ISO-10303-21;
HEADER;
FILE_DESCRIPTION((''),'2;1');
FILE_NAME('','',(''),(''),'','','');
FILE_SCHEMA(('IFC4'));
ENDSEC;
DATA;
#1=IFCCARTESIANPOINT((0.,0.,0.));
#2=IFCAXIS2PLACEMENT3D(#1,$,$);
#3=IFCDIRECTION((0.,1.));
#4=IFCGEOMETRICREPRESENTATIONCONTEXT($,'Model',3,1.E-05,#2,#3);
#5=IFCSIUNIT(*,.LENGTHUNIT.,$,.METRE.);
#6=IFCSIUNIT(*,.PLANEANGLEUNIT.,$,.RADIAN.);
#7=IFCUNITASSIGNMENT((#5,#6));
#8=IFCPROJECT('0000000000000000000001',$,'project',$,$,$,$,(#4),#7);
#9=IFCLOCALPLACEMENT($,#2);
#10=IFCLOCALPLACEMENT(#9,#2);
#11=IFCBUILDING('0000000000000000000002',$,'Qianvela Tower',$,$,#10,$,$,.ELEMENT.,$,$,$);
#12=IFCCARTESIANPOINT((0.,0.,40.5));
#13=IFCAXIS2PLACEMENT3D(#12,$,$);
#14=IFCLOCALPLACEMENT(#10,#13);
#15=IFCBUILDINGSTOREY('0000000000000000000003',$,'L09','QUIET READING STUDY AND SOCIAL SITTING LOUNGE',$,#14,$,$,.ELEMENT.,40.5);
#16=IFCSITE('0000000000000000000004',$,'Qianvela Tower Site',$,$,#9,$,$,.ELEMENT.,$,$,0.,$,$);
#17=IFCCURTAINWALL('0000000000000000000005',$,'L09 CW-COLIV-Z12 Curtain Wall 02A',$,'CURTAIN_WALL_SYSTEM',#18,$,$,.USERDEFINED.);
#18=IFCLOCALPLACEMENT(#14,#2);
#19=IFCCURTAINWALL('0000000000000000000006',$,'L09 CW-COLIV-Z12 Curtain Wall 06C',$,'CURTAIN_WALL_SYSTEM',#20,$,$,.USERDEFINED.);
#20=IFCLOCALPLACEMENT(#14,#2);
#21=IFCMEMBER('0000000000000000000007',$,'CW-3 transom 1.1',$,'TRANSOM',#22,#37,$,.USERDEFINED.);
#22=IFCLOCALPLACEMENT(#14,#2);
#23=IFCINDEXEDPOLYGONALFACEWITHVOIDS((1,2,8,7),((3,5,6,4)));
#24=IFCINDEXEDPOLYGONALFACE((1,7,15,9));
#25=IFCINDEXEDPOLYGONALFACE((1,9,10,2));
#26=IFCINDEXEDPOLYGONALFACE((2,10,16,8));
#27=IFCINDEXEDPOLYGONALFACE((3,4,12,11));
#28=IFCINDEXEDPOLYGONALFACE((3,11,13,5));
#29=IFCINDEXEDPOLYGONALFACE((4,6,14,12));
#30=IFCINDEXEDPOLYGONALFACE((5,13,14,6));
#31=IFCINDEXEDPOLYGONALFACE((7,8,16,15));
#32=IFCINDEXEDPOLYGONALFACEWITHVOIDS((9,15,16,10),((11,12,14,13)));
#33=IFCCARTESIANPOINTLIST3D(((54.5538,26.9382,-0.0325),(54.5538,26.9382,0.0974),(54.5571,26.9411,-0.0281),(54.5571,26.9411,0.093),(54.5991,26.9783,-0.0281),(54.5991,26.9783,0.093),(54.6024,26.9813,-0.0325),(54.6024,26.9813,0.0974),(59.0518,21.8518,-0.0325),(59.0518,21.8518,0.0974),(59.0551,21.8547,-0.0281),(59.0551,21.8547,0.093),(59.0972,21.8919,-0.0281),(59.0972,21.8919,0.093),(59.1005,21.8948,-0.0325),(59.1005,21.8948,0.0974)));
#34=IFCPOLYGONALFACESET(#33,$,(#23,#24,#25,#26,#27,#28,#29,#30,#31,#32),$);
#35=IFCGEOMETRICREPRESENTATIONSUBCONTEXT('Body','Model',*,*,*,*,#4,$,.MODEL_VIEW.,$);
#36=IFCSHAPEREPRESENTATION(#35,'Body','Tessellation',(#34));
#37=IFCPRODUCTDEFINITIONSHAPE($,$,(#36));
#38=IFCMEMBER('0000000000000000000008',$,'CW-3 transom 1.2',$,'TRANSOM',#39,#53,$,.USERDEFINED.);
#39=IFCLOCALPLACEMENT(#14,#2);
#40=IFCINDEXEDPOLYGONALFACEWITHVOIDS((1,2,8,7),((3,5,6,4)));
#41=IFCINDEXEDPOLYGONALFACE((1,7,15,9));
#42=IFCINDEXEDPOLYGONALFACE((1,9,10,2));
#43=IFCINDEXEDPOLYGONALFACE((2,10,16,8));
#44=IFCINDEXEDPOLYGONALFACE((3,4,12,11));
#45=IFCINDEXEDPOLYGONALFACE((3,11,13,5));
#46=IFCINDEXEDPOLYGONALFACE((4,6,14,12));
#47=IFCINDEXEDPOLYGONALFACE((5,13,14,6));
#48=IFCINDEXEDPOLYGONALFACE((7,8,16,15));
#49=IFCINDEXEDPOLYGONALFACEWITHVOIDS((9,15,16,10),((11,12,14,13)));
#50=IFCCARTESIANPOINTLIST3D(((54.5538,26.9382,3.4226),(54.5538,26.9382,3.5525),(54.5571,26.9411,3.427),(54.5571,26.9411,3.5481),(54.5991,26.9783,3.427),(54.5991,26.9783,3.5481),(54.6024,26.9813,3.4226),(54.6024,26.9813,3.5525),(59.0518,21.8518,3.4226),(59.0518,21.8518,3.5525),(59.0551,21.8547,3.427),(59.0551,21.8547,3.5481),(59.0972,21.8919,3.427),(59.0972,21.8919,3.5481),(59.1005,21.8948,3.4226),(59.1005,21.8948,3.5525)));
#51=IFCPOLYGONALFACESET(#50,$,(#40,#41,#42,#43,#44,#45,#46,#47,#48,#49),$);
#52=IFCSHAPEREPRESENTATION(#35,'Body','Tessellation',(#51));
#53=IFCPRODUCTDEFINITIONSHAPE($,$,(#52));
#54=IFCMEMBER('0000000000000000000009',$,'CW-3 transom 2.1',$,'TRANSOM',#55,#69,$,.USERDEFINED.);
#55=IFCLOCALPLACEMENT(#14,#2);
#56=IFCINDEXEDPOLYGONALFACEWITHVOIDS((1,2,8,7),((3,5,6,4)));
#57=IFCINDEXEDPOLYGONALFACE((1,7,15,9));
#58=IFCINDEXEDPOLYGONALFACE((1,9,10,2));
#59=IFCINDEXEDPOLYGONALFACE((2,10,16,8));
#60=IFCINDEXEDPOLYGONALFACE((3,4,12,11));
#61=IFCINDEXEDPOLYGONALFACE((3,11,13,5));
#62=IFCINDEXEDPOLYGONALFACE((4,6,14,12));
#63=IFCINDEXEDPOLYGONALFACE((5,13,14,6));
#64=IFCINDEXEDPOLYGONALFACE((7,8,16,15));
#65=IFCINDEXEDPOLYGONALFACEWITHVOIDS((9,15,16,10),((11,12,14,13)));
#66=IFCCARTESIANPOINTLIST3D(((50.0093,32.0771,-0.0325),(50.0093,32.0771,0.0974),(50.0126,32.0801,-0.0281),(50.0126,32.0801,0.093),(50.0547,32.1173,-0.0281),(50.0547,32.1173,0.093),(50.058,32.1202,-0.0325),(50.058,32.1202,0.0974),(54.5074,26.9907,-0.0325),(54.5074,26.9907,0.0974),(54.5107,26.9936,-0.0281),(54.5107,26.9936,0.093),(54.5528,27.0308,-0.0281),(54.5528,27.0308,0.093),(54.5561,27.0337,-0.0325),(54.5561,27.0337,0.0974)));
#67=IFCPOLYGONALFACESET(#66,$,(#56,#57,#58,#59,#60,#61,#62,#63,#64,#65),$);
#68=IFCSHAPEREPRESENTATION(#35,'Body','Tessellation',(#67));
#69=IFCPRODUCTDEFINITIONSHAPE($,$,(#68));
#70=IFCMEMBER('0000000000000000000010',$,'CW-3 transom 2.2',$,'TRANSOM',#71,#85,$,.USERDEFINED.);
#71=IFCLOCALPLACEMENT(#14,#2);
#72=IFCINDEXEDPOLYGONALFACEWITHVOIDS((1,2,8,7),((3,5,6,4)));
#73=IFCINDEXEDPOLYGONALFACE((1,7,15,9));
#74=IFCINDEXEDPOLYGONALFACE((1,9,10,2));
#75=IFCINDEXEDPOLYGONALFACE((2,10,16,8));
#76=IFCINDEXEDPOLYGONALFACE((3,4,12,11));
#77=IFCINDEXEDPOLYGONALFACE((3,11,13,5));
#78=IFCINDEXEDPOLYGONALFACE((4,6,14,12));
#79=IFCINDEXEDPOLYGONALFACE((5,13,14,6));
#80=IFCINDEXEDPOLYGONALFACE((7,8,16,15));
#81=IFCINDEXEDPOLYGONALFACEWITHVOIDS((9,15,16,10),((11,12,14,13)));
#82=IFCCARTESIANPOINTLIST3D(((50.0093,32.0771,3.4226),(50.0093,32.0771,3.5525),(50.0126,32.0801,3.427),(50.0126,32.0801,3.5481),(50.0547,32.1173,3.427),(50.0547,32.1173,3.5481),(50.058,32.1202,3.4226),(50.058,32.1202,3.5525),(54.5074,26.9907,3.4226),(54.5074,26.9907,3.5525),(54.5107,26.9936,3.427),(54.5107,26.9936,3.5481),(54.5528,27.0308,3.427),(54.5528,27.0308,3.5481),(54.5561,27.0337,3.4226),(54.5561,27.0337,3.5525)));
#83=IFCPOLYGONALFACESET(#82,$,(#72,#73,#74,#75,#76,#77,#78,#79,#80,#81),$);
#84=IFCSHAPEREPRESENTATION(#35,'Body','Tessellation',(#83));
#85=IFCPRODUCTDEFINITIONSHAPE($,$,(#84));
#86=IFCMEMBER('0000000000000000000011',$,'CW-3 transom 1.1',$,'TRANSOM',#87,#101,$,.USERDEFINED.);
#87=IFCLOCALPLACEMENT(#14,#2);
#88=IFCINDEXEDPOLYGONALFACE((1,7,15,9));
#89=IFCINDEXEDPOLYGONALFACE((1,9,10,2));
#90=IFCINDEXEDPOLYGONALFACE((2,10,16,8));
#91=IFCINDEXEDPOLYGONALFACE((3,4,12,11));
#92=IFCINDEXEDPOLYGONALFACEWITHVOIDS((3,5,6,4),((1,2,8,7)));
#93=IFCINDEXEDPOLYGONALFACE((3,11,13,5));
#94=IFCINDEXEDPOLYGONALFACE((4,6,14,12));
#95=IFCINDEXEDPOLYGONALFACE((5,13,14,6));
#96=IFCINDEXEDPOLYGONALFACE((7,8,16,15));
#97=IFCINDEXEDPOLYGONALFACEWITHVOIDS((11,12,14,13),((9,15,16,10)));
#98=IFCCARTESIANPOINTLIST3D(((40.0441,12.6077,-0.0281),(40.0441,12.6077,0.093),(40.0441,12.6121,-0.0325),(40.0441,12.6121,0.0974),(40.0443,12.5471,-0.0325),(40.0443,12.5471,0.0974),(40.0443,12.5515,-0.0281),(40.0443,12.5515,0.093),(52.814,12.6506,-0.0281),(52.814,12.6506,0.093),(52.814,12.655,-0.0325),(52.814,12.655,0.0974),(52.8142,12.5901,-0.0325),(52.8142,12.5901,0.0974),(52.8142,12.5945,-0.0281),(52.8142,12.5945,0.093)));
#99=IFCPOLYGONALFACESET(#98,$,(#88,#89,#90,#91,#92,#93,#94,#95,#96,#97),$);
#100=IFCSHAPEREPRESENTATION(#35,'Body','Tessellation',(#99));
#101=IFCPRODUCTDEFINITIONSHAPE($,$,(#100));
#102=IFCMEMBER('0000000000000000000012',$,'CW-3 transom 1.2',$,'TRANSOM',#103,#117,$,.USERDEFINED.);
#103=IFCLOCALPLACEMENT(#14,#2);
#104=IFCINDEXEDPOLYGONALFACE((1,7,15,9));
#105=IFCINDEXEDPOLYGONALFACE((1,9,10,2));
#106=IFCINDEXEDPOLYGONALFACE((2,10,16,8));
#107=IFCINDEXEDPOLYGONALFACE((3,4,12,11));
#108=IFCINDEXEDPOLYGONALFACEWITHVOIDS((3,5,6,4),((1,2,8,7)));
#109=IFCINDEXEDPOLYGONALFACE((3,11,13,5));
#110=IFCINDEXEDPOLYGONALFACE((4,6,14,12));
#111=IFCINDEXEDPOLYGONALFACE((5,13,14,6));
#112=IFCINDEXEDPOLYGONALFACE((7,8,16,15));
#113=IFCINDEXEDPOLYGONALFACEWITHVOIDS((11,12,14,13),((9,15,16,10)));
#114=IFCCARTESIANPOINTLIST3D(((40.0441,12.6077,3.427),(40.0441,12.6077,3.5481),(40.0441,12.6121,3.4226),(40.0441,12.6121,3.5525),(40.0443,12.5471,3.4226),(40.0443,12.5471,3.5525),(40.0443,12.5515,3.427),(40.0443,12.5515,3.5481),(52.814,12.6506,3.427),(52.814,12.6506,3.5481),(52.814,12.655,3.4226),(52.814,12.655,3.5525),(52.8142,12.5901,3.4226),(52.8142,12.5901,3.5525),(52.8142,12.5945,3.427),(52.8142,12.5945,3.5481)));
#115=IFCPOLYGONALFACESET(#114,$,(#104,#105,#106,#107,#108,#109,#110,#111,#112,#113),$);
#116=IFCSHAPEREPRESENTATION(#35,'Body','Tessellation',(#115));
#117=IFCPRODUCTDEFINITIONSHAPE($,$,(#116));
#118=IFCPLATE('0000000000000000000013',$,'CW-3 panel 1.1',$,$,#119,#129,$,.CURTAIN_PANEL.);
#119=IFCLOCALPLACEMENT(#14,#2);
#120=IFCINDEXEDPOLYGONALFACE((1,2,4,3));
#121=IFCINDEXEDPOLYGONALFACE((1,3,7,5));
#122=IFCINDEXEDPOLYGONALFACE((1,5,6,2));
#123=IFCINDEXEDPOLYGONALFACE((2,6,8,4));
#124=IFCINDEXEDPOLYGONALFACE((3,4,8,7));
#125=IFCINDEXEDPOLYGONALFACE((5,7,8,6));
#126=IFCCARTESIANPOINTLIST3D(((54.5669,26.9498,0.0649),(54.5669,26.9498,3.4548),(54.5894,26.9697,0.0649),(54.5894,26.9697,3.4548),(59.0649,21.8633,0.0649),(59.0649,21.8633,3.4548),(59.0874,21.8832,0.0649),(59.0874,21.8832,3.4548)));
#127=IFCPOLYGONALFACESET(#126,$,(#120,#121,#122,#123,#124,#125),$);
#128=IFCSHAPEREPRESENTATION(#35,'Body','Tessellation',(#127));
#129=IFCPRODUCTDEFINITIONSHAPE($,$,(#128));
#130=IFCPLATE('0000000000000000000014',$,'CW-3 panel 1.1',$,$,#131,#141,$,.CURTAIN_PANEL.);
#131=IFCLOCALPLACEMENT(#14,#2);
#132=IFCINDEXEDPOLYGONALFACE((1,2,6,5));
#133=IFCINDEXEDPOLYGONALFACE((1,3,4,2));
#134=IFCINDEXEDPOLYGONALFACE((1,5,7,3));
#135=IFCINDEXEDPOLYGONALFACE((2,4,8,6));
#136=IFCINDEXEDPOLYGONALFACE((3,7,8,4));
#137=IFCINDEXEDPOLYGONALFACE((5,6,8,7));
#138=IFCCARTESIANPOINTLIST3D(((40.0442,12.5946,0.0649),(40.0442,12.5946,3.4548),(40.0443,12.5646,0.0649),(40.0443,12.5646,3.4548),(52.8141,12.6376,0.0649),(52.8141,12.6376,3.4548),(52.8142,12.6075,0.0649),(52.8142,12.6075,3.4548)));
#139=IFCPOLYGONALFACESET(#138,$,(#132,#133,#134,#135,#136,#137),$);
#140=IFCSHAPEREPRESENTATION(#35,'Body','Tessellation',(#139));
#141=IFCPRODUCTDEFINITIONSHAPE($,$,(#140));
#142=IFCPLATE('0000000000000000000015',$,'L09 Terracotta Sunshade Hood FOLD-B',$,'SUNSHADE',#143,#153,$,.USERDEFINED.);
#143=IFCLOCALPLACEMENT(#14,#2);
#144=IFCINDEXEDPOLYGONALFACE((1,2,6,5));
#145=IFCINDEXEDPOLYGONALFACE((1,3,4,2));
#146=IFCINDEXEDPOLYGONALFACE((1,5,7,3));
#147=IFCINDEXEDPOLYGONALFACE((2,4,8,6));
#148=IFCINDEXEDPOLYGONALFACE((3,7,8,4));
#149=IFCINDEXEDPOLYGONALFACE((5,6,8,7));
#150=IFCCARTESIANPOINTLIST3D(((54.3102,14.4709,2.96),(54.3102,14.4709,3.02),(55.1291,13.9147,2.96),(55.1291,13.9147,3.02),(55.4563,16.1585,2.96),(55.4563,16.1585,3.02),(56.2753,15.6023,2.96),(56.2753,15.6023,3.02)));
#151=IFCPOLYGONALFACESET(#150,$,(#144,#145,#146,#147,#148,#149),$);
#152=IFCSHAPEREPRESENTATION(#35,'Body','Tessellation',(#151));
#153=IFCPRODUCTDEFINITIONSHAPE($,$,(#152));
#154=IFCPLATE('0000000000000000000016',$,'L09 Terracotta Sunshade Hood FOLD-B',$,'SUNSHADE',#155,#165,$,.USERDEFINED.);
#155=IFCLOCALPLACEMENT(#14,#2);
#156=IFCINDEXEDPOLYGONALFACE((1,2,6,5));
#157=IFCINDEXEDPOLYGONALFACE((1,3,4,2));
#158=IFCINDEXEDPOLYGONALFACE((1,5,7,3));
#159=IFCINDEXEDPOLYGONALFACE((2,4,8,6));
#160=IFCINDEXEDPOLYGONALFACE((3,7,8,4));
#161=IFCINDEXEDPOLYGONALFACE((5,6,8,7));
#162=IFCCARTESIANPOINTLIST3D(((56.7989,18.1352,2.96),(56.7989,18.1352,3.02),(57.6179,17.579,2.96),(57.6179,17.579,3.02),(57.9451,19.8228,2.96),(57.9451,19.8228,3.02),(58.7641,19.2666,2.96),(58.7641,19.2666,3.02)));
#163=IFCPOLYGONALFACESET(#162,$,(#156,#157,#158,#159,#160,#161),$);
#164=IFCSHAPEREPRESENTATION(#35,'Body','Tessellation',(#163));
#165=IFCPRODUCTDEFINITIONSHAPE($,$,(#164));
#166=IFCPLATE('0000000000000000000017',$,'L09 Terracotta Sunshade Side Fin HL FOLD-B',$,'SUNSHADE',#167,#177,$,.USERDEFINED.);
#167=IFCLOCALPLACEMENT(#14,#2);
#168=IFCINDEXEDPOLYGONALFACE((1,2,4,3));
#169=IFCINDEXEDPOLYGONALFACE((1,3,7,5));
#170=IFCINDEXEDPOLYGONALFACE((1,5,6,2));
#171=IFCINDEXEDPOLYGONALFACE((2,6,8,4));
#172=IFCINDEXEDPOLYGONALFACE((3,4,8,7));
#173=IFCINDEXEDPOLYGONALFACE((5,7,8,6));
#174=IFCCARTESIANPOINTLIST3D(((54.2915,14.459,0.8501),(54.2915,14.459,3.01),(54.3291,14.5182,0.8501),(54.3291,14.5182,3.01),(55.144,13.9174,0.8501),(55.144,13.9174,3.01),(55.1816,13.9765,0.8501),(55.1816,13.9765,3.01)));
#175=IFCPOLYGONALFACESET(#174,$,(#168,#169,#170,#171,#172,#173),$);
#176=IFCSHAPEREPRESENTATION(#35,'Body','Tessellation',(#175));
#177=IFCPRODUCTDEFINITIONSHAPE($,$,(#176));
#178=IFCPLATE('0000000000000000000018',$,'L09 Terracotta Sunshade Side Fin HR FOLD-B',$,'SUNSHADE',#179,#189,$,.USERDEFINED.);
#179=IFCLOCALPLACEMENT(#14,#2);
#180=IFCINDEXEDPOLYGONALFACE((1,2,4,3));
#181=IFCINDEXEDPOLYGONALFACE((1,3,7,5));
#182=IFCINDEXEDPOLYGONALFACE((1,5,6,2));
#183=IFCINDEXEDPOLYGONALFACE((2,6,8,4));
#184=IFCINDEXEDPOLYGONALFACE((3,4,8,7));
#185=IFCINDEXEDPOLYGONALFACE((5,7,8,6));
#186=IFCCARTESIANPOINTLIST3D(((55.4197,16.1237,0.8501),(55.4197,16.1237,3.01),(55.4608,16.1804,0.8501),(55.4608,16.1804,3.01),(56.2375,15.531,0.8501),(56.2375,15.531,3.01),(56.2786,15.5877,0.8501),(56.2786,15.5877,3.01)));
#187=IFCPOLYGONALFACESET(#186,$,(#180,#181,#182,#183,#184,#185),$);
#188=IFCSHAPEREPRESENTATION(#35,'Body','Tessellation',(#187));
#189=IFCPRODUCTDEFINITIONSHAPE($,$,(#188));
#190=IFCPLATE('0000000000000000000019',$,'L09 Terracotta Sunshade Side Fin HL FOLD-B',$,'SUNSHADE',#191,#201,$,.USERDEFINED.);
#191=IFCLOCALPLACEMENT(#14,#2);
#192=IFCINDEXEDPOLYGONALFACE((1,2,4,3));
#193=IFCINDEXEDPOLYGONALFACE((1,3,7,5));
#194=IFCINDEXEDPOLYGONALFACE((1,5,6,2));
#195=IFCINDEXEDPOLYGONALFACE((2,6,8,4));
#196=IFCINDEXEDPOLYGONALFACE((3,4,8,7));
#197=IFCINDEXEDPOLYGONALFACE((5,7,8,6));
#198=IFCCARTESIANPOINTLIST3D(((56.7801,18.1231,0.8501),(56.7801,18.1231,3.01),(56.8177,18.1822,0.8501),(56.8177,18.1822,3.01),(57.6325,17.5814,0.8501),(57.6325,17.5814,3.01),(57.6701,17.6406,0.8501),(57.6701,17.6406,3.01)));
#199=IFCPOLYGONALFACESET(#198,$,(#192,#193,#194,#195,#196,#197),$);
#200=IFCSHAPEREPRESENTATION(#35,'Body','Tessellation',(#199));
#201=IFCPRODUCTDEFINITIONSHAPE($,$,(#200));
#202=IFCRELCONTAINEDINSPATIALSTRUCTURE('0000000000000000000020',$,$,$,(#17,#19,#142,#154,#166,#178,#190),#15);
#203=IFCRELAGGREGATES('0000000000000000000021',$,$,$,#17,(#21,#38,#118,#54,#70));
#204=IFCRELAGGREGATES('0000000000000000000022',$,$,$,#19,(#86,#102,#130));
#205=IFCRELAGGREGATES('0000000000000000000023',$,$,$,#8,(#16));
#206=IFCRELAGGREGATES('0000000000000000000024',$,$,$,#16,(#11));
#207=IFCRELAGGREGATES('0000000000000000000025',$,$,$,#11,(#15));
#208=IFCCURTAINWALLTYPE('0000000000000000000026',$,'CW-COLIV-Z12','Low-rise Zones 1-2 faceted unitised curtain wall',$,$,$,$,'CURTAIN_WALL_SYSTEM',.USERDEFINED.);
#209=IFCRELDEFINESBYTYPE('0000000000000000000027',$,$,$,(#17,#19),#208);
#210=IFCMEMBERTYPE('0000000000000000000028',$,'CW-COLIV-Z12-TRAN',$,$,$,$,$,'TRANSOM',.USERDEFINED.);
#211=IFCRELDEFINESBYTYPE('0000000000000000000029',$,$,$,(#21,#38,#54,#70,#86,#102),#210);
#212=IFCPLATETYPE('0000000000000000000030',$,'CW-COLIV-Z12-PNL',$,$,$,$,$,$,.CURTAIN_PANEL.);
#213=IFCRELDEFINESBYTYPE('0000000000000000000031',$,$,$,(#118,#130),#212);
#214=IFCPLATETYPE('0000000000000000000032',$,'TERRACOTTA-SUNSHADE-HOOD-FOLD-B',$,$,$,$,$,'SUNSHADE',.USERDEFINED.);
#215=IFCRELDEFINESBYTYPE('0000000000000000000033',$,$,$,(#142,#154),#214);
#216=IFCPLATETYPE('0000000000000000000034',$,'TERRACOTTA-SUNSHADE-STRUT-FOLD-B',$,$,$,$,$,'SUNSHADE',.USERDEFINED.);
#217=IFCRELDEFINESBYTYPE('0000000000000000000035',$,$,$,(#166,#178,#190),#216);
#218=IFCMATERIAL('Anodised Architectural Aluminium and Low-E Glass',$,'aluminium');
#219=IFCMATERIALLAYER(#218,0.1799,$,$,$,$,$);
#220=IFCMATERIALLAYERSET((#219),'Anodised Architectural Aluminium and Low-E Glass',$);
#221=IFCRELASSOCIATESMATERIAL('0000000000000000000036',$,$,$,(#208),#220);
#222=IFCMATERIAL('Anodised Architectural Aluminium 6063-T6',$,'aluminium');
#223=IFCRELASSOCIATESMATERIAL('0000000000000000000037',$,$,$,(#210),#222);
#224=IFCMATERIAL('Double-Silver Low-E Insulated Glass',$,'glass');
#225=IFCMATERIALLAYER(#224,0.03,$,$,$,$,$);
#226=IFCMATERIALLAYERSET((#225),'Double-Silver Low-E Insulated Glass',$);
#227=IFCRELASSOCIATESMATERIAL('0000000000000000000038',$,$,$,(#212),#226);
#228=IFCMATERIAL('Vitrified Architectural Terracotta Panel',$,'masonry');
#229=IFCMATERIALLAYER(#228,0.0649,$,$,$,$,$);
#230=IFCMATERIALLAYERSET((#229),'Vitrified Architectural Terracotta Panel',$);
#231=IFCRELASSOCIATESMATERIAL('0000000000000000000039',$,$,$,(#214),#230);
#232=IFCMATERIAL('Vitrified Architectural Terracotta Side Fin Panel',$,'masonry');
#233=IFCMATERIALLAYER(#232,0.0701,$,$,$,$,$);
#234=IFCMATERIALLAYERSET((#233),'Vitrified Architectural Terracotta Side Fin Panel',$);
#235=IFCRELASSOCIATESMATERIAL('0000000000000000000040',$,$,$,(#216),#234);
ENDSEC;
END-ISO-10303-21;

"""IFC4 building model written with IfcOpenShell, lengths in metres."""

from ifc_helpers import new_model, si_unit, direction, frame, origin, origin_2d, place, context, subcontext, project, spatial, rectangle, hollow_rectangle, extrude, material, layer, layer_set, material_profile, profile_set, type_object, element, aggregate, save


model = new_model("IFC4")

# Units and contexts
model_context = context("Model", 3, precision=1e-05, world=origin(), true_north=direction((0.0, 1.0)))
body_context = subcontext(model_context, "Body", "Model", "MODEL_VIEW")
ifc_project = project(units=[si_unit("LENGTHUNIT", "METRE"), si_unit("PLANEANGLEUNIT", "RADIAN")], contexts=[model_context])

# Site, building, storey
site_placement = place(None, origin())
site = spatial("IfcSite", under=ifc_project, at=site_placement, Name="Qianvela Tower Site", CompositionType="ELEMENT", RefElevation=0.0)
building_placement = place(site_placement, origin())
building = spatial("IfcBuilding", under=site, at=building_placement, Name="Qianvela Tower", CompositionType="ELEMENT")
storey_placement = place(building_placement, frame((0.0, 0.0, 40.5)))
storey = spatial("IfcBuildingStorey", under=building, at=storey_placement, Name="L09", Description="QUIET READING STUDY AND SOCIAL SITTING LOUNGE", CompositionType="ELEMENT", Elevation=40.5)

# Curtain wall
ifc_material_1 = material(Name="Anodised Architectural Aluminium and Low-E Glass", Category="aluminium")
ifc_layer_1 = layer(ifc_material_1, 0.1799)
ifc_layer_set_1 = layer_set([ifc_layer_1], Name="Anodised Architectural Aluminium and Low-E Glass")
curtain_wall_type = type_object("IfcCurtainWallType", Name="CW-COLIV-Z12", Description="Low-rise Zones 1-2 faceted unitised curtain wall", ElementType="CURTAIN_WALL_SYSTEM", PredefinedType="USERDEFINED", material=ifc_layer_set_1)
curtain_wall_1_placement = place(storey_placement, origin())
curtain_wall_1 = element("IfcCurtainWall", 1, at=curtain_wall_1_placement, inside=storey, type_object=curtain_wall_type, Name="L09 CW-COLIV-Z12 Curtain Wall 02A", ObjectType="CURTAIN_WALL_SYSTEM", PredefinedType="USERDEFINED")

# Curtain wall
curtain_wall_2_placement = place(storey_placement, origin())
curtain_wall_2 = element("IfcCurtainWall", 2, at=curtain_wall_2_placement, inside=storey, type_object=curtain_wall_type, Name="L09 CW-COLIV-Z12 Curtain Wall 06C", ObjectType="CURTAIN_WALL_SYSTEM", PredefinedType="USERDEFINED")

# Members
ifc_material_2 = material(Name="Anodised Architectural Aluminium 6063-T6", Category="aluminium")
ifc_material_profile_1 = material_profile(ifc_material_2, hollow_rectangle(XDim=0.0649, YDim=0.1299, WallThickness=0.0044, at=origin_2d()), Name="ALU-TRAN-65x130")
ifc_profile_set_1 = profile_set([ifc_material_profile_1], Name="Anodised Architectural Aluminium 6063-T6")
member_type_1 = type_object("IfcMemberType", Name="CW-COLIV-Z12-TRAN", ElementType="TRANSOM", PredefinedType="USERDEFINED", material=ifc_profile_set_1)
member_1_placement = place(storey_placement, frame((59.0762, 21.8733, 0.0325), z_axis=(-0.662451, 0.749105, 0.0), x_axis=(-0.749105, -0.662451, 0.0)))
member_1 = element("IfcMember", 3, at=member_1_placement, type_object=member_type_1, Name="CW-3 transom 1.1", ObjectType="TRANSOM", PredefinedType="USERDEFINED", context=body_context, shape_type="SweptSolid", body=[
    extrude(hollow_rectangle(XDim=0.0649, YDim=0.1299, WallThickness=0.0044, at=origin_2d()), origin(), (0.0, 0.0, 1.0), 6.79),
])
member_2_placement = place(storey_placement, frame((59.0762, 21.8733, 3.4875), z_axis=(-0.662451, 0.749105, 0.0), x_axis=(-0.749105, -0.662451, 0.0)))
member_2 = element("IfcMember", 4, at=member_2_placement, type_object=member_type_1, Name="CW-3 transom 1.2", ObjectType="TRANSOM", PredefinedType="USERDEFINED", context=body_context, shape_type="SweptSolid", body=[
    extrude(hollow_rectangle(XDim=0.0649, YDim=0.1299, WallThickness=0.0044, at=origin_2d()), origin(), (0.0, 0.0, 1.0), 6.79),
])
member_3_placement = place(storey_placement, frame((54.5317, 27.0122, 0.0325), z_axis=(-0.662451, 0.749105, 0.0), x_axis=(-0.749105, -0.662451, 0.0)))
member_3 = element("IfcMember", 5, at=member_3_placement, type_object=member_type_1, Name="CW-3 transom 2.1", ObjectType="TRANSOM", PredefinedType="USERDEFINED", context=body_context, shape_type="SweptSolid", body=[
    extrude(hollow_rectangle(XDim=0.0649, YDim=0.1299, WallThickness=0.0044, at=origin_2d()), origin(), (0.0, 0.0, 1.0), 6.79),
])
member_4_placement = place(storey_placement, frame((54.5317, 27.0122, 3.4875), z_axis=(-0.662451, 0.749105, 0.0), x_axis=(-0.749105, -0.662451, 0.0)))
member_4 = element("IfcMember", 6, at=member_4_placement, type_object=member_type_1, Name="CW-3 transom 2.2", ObjectType="TRANSOM", PredefinedType="USERDEFINED", context=body_context, shape_type="SweptSolid", body=[
    extrude(hollow_rectangle(XDim=0.0649, YDim=0.1299, WallThickness=0.0044, at=origin_2d()), origin(), (0.0, 0.0, 1.0), 6.79),
])
member_5_placement = place(storey_placement, frame((40.0442, 12.5796, 0.0325), z_axis=(0.999994, 0.003365, 0.0), x_axis=(-0.003365, 0.999994, 0.0)))
member_5 = element("IfcMember", 7, at=member_5_placement, type_object=member_type_1, Name="CW-3 transom 1.1", ObjectType="TRANSOM", PredefinedType="USERDEFINED", context=body_context, shape_type="SweptSolid", body=[
    extrude(hollow_rectangle(XDim=0.0649, YDim=0.1299, WallThickness=0.0044, at=origin_2d()), origin(), (0.0, 0.0, 1.0), 12.77),
])
member_6_placement = place(storey_placement, frame((40.0442, 12.5796, 3.4875), z_axis=(0.999994, 0.003365, 0.0), x_axis=(-0.003365, 0.999994, 0.0)))
member_6 = element("IfcMember", 8, at=member_6_placement, type_object=member_type_1, Name="CW-3 transom 1.2", ObjectType="TRANSOM", PredefinedType="USERDEFINED", context=body_context, shape_type="SweptSolid", body=[
    extrude(hollow_rectangle(XDim=0.0649, YDim=0.1299, WallThickness=0.0044, at=origin_2d()), origin(), (0.0, 0.0, 1.0), 12.77),
])

# Plates
ifc_material_3 = material(Name="Double-Silver Low-E Insulated Glass", Category="glass")
ifc_layer_2 = layer(ifc_material_3, 0.03)
ifc_layer_set_2 = layer_set([ifc_layer_2], Name="Double-Silver Low-E Insulated Glass")
plate_type_1 = type_object("IfcPlateType", Name="CW-COLIV-Z12-PNL", PredefinedType="CURTAIN_PANEL", material=ifc_layer_set_2)
plate_1_placement = place(storey_placement, frame((56.8271, 24.4165, 0.0649), z_axis=(0.0, 0.0, 1.0), x_axis=(-0.66245, 0.749106, 0.0)))
plate_1 = element("IfcPlate", 9, at=plate_1_placement, type_object=plate_type_1, Name="CW-3 panel 1.1", PredefinedType="CURTAIN_PANEL", context=body_context, shape_type="SweptSolid", body=[
    extrude(rectangle(XDim=6.79, YDim=0.03, at=origin_2d()), origin(), (0.0, 0.0, 1.0), 3.3899),
])
aggregate(curtain_wall_1, [member_1, member_2, plate_1, member_3, member_4])
plate_2_placement = place(storey_placement, frame((46.4292, 12.6011, 0.0649), z_axis=(0.0, 0.0, 1.0), x_axis=(0.999994, 0.003362, 0.0)))
plate_2 = element("IfcPlate", 10, at=plate_2_placement, type_object=plate_type_1, Name="CW-3 panel 1.1", PredefinedType="CURTAIN_PANEL", context=body_context, shape_type="SweptSolid", body=[
    extrude(rectangle(XDim=12.77, YDim=0.03, at=origin_2d()), origin(), (0.0, 0.0, 1.0), 3.3899),
])
aggregate(curtain_wall_2, [member_5, member_6, plate_2])

# Plates
ifc_material_4 = material(Name="Vitrified Architectural Terracotta Panel", Category="masonry")
ifc_layer_3 = layer(ifc_material_4, 0.0649)
ifc_layer_set_3 = layer_set([ifc_layer_3], Name="Vitrified Architectural Terracotta Panel")
plate_type_2 = type_object("IfcPlateType", Name="TERRACOTTA-SUNSHADE-HOOD-FOLD-B", ElementType="SUNSHADE", PredefinedType="USERDEFINED", material=ifc_layer_set_3)
for number, where, z_axis, x_axis, name in (
    (11, (55.2927, 15.0366, 2.96), (0.0, 0.0, 1.0), (0.561837, 0.827248, 0.0), "L09 Terracotta Sunshade Hood FOLD-B"),
    (12, (57.7815, 18.7009, 2.96), (0.0, 0.0, 1.0), (0.561837, 0.827248, 0.0), "L09 Terracotta Sunshade Hood FOLD-B"),
):
    element("IfcPlate", number, at=place(storey_placement, frame(where, z_axis=z_axis, x_axis=x_axis)), inside=storey, type_object=plate_type_2, Name=name, ObjectType="SUNSHADE", PredefinedType="USERDEFINED", context=body_context, shape_type="SweptSolid", body=[
        extrude(rectangle(XDim=2.04, YDim=0.99, at=origin_2d()), origin(), (0.0, 0.0, 1.0), 0.0601),
    ])
ifc_material_5 = material(Name="Vitrified Architectural Terracotta Side Fin Panel", Category="masonry")
ifc_layer_4 = layer(ifc_material_5, 0.0701)
ifc_layer_set_4 = layer_set([ifc_layer_4], Name="Vitrified Architectural Terracotta Side Fin Panel")
plate_type_3 = type_object("IfcPlateType", Name="TERRACOTTA-SUNSHADE-STRUT-FOLD-B", ElementType="SUNSHADE", PredefinedType="USERDEFINED", material=ifc_layer_set_4)
for number, where, z_axis, x_axis, name in (
    (13, (54.7366, 14.2178, 0.8501), (0.0, 0.0, 1.0), (0.536312, 0.84402, 0.0), "L09 Terracotta Sunshade Side Fin HL FOLD-B"),
    (14, (55.8491, 15.8557, 0.8501), (0.0, 0.0, 1.0), (0.586837, 0.809705, 0.0), "L09 Terracotta Sunshade Side Fin HR FOLD-B"),
    (15, (57.2251, 17.8818, 0.8501), (0.0, 0.0, 1.0), (0.536312, 0.84402, 0.0), "L09 Terracotta Sunshade Side Fin HL FOLD-B"),
):
    element("IfcPlate", number, at=place(storey_placement, frame(where, z_axis=z_axis, x_axis=x_axis)), inside=storey, type_object=plate_type_3, Name=name, ObjectType="SUNSHADE", PredefinedType="USERDEFINED", context=body_context, shape_type="SweptSolid", body=[
        extrude(rectangle(XDim=0.0701, YDim=1.01, at=origin_2d()), origin(), (0.0, 0.0, 1.0), 2.1599),
    ])

save(model, "model.ifc")
